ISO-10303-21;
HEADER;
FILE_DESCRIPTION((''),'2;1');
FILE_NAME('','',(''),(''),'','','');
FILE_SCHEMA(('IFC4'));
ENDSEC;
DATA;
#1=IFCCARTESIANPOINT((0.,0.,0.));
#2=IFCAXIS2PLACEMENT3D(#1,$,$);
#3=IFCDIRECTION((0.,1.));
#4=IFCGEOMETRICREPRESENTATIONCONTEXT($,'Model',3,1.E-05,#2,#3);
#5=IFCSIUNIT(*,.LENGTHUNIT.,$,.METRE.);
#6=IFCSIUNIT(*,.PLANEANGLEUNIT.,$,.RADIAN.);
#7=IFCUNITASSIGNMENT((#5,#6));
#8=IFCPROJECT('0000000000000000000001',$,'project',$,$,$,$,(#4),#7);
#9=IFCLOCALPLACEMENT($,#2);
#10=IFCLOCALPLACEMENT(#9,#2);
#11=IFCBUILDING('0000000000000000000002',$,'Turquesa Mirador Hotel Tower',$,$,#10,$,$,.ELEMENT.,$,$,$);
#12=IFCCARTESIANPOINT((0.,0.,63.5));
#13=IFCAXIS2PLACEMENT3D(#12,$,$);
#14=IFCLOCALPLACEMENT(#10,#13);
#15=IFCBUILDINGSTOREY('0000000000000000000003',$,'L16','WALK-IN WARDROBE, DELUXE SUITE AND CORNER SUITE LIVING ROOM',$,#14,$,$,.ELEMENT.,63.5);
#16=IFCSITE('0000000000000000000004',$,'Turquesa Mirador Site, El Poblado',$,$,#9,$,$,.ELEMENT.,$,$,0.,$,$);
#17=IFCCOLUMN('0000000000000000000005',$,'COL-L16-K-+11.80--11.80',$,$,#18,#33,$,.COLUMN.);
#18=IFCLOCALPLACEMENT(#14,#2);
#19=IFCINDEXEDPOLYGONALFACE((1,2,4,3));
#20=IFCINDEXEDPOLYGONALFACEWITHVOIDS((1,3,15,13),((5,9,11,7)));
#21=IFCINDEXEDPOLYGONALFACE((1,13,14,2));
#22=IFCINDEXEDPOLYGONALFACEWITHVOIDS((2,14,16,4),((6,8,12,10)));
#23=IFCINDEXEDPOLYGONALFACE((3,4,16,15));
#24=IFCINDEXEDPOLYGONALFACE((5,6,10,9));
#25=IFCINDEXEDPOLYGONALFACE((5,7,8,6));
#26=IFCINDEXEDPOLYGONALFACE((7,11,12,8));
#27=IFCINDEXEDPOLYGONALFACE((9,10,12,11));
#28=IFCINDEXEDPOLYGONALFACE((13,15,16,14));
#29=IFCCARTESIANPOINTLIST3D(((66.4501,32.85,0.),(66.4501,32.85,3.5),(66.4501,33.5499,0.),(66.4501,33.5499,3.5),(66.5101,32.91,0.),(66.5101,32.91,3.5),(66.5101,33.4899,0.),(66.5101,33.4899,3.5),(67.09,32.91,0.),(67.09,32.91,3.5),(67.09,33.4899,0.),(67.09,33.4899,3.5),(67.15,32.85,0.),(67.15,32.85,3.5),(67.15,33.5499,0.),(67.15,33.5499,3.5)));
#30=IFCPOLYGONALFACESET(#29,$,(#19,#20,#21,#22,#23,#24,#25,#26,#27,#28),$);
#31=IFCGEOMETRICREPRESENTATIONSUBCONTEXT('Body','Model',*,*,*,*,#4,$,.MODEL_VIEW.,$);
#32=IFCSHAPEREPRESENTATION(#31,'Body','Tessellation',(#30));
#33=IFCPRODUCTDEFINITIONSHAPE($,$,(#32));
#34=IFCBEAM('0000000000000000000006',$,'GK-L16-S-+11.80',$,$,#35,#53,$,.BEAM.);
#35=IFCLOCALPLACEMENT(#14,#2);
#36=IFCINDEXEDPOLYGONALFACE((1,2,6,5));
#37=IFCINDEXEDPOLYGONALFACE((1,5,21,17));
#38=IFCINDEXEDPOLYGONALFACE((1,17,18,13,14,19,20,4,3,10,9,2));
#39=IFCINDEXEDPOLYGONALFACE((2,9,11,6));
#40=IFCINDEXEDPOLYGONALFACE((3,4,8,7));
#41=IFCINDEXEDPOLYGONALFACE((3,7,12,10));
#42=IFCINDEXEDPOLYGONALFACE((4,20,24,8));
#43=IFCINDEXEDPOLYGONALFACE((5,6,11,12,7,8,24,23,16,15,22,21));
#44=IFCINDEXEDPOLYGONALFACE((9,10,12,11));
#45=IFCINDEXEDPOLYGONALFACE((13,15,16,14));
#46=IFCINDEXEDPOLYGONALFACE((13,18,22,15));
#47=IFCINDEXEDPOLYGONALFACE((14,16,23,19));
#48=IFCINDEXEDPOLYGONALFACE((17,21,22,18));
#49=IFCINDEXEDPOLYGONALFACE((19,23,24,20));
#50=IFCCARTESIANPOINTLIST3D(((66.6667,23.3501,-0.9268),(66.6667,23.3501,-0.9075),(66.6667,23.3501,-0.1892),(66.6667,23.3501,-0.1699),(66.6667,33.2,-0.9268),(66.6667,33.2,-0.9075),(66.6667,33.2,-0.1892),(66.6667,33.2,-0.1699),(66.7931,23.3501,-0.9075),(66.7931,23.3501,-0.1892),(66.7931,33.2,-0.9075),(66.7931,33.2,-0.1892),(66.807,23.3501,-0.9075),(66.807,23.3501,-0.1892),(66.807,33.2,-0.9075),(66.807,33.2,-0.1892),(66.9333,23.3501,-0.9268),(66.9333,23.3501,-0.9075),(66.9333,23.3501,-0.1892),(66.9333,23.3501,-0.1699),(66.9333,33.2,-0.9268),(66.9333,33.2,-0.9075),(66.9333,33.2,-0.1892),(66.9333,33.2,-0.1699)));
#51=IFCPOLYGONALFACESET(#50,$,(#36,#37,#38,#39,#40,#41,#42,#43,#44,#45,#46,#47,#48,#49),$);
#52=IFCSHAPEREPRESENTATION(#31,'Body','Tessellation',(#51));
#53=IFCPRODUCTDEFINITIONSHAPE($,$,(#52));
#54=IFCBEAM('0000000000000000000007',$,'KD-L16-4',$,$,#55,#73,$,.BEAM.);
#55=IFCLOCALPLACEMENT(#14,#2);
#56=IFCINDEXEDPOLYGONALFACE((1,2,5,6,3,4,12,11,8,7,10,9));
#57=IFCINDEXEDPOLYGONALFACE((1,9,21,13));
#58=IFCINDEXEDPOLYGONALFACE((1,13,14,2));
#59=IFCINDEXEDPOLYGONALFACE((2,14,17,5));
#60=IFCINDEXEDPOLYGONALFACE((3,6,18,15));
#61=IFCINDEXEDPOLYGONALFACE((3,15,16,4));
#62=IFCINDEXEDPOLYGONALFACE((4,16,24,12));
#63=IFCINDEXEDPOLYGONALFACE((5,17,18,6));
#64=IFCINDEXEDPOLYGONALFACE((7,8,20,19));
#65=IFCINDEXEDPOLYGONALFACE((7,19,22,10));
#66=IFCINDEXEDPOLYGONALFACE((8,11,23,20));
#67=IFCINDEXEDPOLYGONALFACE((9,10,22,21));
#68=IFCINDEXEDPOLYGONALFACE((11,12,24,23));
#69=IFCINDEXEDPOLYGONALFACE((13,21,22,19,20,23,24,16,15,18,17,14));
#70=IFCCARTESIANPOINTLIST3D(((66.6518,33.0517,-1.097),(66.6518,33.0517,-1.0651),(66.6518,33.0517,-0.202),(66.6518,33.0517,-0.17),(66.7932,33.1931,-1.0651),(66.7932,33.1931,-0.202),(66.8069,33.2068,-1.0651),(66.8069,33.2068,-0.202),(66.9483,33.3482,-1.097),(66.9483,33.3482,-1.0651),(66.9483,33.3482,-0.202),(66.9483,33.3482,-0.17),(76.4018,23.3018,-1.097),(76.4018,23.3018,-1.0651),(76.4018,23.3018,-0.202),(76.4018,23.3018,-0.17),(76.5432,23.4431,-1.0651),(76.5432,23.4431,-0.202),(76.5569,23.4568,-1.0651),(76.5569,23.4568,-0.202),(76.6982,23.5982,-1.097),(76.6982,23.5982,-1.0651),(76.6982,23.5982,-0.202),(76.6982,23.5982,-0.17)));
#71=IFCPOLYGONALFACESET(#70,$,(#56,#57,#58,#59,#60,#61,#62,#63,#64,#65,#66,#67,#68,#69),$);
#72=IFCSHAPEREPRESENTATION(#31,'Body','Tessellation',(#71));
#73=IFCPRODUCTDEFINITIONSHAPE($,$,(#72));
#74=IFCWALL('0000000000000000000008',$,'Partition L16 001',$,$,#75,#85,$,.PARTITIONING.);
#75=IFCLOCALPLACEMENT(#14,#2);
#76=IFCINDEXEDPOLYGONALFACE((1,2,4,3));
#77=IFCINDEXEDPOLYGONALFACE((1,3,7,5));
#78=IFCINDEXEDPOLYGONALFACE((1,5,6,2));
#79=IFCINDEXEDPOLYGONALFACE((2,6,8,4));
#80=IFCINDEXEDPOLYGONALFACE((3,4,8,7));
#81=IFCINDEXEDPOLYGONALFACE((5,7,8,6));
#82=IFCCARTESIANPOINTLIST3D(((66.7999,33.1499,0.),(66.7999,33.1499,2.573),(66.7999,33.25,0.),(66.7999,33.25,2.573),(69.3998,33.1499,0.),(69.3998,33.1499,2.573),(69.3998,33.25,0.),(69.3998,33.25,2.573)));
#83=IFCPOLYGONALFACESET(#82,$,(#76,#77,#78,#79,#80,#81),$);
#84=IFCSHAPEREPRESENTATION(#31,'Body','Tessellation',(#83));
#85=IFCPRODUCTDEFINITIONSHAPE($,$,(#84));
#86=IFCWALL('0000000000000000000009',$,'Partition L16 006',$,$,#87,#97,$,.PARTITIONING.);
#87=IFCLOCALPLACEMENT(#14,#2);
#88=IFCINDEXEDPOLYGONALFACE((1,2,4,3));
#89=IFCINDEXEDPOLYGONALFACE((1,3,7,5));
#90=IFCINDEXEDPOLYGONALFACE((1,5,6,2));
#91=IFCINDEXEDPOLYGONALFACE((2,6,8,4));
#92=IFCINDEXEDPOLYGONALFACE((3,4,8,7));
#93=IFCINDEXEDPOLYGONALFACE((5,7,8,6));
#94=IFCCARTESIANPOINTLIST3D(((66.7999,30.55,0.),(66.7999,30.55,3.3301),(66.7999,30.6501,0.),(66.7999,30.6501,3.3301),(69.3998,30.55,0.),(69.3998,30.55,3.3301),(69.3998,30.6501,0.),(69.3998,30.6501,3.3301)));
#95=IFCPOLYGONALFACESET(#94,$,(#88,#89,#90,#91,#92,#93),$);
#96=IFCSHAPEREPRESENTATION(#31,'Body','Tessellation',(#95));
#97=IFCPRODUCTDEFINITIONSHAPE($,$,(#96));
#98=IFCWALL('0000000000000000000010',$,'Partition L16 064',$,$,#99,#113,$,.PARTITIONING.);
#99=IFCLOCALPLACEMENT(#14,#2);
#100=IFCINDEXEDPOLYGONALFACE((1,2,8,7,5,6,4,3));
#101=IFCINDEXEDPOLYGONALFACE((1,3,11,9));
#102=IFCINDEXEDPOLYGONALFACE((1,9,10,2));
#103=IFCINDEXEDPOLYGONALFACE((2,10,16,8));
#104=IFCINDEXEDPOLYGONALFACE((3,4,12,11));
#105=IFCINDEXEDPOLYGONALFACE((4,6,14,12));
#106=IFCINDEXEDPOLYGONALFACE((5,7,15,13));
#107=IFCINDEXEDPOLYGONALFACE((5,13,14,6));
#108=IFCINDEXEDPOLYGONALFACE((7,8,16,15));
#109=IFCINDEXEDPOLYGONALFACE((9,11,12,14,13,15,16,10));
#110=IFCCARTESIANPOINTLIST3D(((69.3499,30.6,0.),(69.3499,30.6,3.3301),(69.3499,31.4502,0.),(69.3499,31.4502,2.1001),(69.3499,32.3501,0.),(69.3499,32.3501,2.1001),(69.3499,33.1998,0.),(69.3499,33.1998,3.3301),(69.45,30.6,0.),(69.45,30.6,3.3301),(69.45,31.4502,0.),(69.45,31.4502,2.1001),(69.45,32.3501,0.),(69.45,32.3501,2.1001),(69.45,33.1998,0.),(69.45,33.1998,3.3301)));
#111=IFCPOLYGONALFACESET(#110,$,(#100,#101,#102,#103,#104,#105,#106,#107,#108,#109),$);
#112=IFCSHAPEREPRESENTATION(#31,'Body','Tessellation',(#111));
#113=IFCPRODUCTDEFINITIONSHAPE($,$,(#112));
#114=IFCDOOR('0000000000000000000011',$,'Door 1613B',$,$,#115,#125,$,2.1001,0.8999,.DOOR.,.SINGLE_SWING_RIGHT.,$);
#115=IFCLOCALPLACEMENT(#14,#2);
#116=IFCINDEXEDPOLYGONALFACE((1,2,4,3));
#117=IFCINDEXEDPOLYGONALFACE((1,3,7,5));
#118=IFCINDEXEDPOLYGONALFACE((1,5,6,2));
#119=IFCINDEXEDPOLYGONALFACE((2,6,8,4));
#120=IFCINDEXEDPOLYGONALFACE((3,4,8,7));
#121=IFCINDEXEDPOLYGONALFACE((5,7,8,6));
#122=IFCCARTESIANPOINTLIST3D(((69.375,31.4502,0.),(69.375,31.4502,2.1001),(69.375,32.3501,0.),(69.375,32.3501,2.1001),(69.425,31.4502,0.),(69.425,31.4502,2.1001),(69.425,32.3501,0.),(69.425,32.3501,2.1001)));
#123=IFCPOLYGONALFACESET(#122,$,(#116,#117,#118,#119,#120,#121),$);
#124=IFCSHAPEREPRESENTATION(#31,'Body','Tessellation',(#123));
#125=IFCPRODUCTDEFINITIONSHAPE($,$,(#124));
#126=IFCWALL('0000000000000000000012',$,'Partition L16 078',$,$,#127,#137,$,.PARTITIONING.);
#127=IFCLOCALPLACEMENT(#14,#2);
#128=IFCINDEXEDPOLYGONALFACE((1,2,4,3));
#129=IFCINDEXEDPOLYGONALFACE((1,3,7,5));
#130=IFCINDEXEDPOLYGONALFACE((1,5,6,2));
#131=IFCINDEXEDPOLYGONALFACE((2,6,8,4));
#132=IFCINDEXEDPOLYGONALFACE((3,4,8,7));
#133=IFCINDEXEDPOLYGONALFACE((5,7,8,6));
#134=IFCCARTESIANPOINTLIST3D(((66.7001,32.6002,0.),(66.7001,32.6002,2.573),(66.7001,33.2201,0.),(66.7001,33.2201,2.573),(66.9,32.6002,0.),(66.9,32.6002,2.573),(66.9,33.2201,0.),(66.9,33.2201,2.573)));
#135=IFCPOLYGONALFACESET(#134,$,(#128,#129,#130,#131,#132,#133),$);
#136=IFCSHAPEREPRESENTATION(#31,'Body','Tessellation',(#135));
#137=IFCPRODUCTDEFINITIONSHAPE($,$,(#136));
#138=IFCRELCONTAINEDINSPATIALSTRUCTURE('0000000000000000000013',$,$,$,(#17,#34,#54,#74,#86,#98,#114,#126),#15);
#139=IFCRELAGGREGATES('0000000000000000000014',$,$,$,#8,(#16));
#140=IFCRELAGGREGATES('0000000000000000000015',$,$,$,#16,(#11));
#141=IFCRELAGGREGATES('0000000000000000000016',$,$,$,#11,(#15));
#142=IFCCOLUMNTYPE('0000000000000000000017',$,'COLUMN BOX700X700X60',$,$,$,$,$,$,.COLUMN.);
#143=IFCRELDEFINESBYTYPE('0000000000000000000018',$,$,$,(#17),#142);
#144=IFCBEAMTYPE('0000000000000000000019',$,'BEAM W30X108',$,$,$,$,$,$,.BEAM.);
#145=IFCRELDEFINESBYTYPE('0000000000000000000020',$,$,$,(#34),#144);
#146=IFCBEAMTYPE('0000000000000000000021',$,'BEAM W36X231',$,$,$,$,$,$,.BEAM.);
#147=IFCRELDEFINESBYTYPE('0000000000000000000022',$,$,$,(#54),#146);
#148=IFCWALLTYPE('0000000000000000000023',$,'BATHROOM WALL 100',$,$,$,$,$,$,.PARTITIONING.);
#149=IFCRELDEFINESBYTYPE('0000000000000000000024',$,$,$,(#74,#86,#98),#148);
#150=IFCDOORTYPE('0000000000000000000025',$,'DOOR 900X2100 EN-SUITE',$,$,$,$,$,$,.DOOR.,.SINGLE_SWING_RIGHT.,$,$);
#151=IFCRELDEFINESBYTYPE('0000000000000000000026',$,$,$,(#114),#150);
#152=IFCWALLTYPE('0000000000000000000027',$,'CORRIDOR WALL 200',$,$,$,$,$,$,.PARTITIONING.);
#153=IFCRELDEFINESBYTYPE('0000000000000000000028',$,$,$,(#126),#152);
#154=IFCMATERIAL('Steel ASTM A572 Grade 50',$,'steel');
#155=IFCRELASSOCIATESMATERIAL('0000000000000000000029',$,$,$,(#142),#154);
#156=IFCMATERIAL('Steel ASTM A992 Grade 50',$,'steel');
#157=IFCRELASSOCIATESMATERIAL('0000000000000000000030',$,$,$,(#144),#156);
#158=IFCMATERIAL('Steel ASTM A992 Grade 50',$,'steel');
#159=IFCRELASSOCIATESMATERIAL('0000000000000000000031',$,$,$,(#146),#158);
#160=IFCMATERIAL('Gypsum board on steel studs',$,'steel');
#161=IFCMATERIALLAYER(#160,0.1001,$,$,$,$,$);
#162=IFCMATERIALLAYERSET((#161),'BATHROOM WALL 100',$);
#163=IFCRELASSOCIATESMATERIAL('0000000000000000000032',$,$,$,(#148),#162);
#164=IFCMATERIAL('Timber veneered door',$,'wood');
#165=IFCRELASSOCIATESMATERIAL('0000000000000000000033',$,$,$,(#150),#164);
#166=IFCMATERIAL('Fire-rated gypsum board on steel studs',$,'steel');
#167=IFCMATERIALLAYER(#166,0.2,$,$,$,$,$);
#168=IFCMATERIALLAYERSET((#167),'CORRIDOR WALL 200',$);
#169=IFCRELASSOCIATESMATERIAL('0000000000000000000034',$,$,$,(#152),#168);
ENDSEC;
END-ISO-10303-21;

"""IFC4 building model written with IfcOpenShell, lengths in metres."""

from ifc_helpers import new_model, si_unit, direction, frame, frame_2d, origin, origin_2d, place, context, subcontext, project, spatial, rectangle, hollow_rectangle, i_section, extrude, material, layer, layer_set, material_profile, profile_set, type_object, element, fill, save


model = new_model("IFC4")

# Units and contexts
model_context = context("Model", 3, precision=1e-05, world=origin(), true_north=direction((0.0, 1.0)))
body_context = subcontext(model_context, "Body", "Model", "MODEL_VIEW")
ifc_project = project(units=[si_unit("LENGTHUNIT", "METRE"), si_unit("PLANEANGLEUNIT", "RADIAN")], contexts=[model_context])

# Site, building, storey
site_placement = place(None, origin())
site = spatial("IfcSite", under=ifc_project, at=site_placement, Name="Turquesa Mirador Site, El Poblado", CompositionType="ELEMENT", RefElevation=0.0)
building_placement = place(site_placement, origin())
building = spatial("IfcBuilding", under=site, at=building_placement, Name="Turquesa Mirador Hotel Tower", CompositionType="ELEMENT")
storey_placement = place(building_placement, frame((0.0, 0.0, 63.5)))
storey = spatial("IfcBuildingStorey", under=building, at=storey_placement, Name="L16", Description="WALK-IN WARDROBE, DELUXE SUITE AND CORNER SUITE LIVING ROOM", CompositionType="ELEMENT", Elevation=63.5)

# Column
ifc_material_1 = material(Name="Steel ASTM A572 Grade 50", Category="steel")
ifc_material_profile_1 = material_profile(ifc_material_1, hollow_rectangle(XDim=0.7, YDim=0.7, WallThickness=0.0601, at=origin_2d()), Name="BOX700X700X60")
ifc_profile_set_1 = profile_set([ifc_material_profile_1], Name="Steel ASTM A572 Grade 50")
column_type = type_object("IfcColumnType", Name="COLUMN BOX700X700X60", PredefinedType="COLUMN", material=ifc_profile_set_1)
column_placement = place(storey_placement, frame((66.8, 33.2, 0.0), z_axis=(0.0, 0.0, 1.0), x_axis=(1.0, 0.0, 0.0)))
element("IfcColumn", 1, at=column_placement, inside=storey, type_object=column_type, Name="COL-L16-K-+11.80--11.80", PredefinedType="COLUMN", context=body_context, shape_type="SweptSolid", body=[
    extrude(hollow_rectangle(XDim=0.7, YDim=0.7, WallThickness=0.0601, at=origin_2d()), origin(), (0.0, 0.0, 1.0), 3.5),
])

# Beams
ifc_material_2 = material(Name="Steel ASTM A992 Grade 50", Category="steel")
ifc_material_profile_2 = material_profile(ifc_material_2, i_section(OverallWidth=0.2666, OverallDepth=0.7568, WebThickness=0.0139, FlangeThickness=0.0193, at=origin_2d()), Name="W30X108")
ifc_profile_set_2 = profile_set([ifc_material_profile_2], Name="Steel ASTM A992 Grade 50")
beam_type_1 = type_object("IfcBeamType", Name="BEAM W30X108", PredefinedType="BEAM", material=ifc_profile_set_2)
beam_1_placement = place(storey_placement, frame((66.8, 23.3501, -0.5483), z_axis=(0.0, 1.0, 0.0), x_axis=(-1.0, 0.0, 0.0)))
element("IfcBeam", 2, at=beam_1_placement, inside=storey, type_object=beam_type_1, Name="GK-L16-S-+11.80", PredefinedType="BEAM", context=body_context, shape_type="SweptSolid", body=[
    extrude(i_section(OverallWidth=0.2666, OverallDepth=0.7568, WebThickness=0.0139, FlangeThickness=0.0193, at=origin_2d()), origin(), (0.0, 0.0, 1.0), 9.8499),
])
ifc_material_3 = material(Name="Steel ASTM A992 Grade 50", Category="steel")
ifc_material_profile_3 = material_profile(ifc_material_3, i_section(OverallWidth=0.4192, OverallDepth=0.927, WebThickness=0.0193, FlangeThickness=0.032, at=origin_2d()), Name="W36X231")
ifc_profile_set_3 = profile_set([ifc_material_profile_3], Name="Steel ASTM A992 Grade 50")
beam_type_2 = type_object("IfcBeamType", Name="BEAM W36X231", PredefinedType="BEAM", material=ifc_profile_set_3)
beam_2_placement = place(storey_placement, frame((66.8, 33.2, -0.6335), z_axis=(0.707107, -0.707107, 0.0), x_axis=(0.707107, 0.707107, 0.0)))
element("IfcBeam", 3, at=beam_2_placement, inside=storey, type_object=beam_type_2, Name="KD-L16-4", PredefinedType="BEAM", context=body_context, shape_type="SweptSolid", body=[
    extrude(i_section(OverallWidth=0.4192, OverallDepth=0.927, WebThickness=0.0193, FlangeThickness=0.032, at=origin_2d()), origin(), (0.0, 0.0, 1.0), 13.7886),
])

# Walls
ifc_material_4 = material(Name="Gypsum board on steel studs", Category="steel")
ifc_layer_1 = layer(ifc_material_4, 0.1001)
ifc_layer_set_1 = layer_set([ifc_layer_1], Name="BATHROOM WALL 100")
wall_type_1 = type_object("IfcWallType", Name="BATHROOM WALL 100", PredefinedType="PARTITIONING", material=ifc_layer_set_1)
wall_1_placement = place(storey_placement, frame((66.8, 33.2, 0.0), z_axis=(0.0, 0.0, 1.0), x_axis=(1.0, 0.0, 0.0)))
element("IfcWall", 4, at=wall_1_placement, inside=storey, type_object=wall_type_1, Name="Partition L16 001", PredefinedType="PARTITIONING", context=body_context, shape_type="SweptSolid", body=[
    extrude(rectangle(XDim=2.5999, YDim=0.1001, at=frame_2d((1.2998, 0.0))), origin(), (0.0, 0.0, 1.0), 2.573),
])
wall_2_placement = place(storey_placement, frame((66.8, 30.6001, 0.0), z_axis=(0.0, 0.0, 1.0), x_axis=(1.0, 0.0, 0.0)))
element("IfcWall", 5, at=wall_2_placement, inside=storey, type_object=wall_type_1, Name="Partition L16 006", PredefinedType="PARTITIONING", context=body_context, shape_type="SweptSolid", body=[
    extrude(rectangle(XDim=2.5999, YDim=0.1001, at=frame_2d((1.2998, 0.0))), origin(), (0.0, 0.0, 1.0), 3.3301),
])

# Wall, opening, door
wall_3_placement = place(storey_placement, frame((69.3999, 30.6001, 0.0), z_axis=(0.0, 0.0, 1.0), x_axis=(0.0, 1.0, 0.0)))
wall_3 = element("IfcWall", 6, at=wall_3_placement, inside=storey, type_object=wall_type_1, Name="Partition L16 064", PredefinedType="PARTITIONING", context=body_context, shape_type="SweptSolid", body=[
    extrude(rectangle(XDim=2.5999, YDim=0.1001, at=frame_2d((1.2998, 0.0))), origin(), (0.0, 0.0, 1.0), 3.3301),
])
opening_1_placement = place(wall_3_placement, frame((0.8501, 0.0, 0.0)))
opening_1 = element("IfcOpeningElement", 7, at=opening_1_placement, cuts=wall_3, PredefinedType="OPENING", context=body_context, shape_type="SweptSolid", body=[
    extrude(rectangle(XDim=0.8999, YDim=2.1001, at=frame_2d((0.45, 1.05))), frame((0.0, 0.0601, 0.0), z_axis=(0.0, -1.0, 0.0), x_axis=(1.0, 0.0, 0.0)), (0.0, 0.0, 1.0), 0.1201),
])
ifc_material_5 = material(Name="Timber veneered door", Category="wood")
door_type_1 = type_object("IfcDoorType", Name="DOOR 900X2100 EN-SUITE", OperationType="SINGLE_SWING_RIGHT", PredefinedType="DOOR", material=ifc_material_5)
door_1_placement = place(opening_1_placement, origin())
door_1 = element("IfcDoor", 8, at=door_1_placement, inside=storey, type_object=door_type_1, Name="Door 1613B", OperationType="SINGLE_SWING_RIGHT", OverallHeight=2.1001, OverallWidth=0.8999, PredefinedType="DOOR", context=body_context, shape_type="SweptSolid", body=[
    extrude(rectangle(XDim=0.8999, YDim=2.1001, at=frame_2d((0.45, 1.05))), frame((0.0, 0.0249, 0.0), z_axis=(0.0, -1.0, 0.0), x_axis=(1.0, 0.0, 0.0)), (0.0, 0.0, 1.0), 0.05),
])
fill(opening_1, door_1)

# Wall
ifc_material_6 = material(Name="Fire-rated gypsum board on steel studs", Category="steel")
ifc_layer_2 = layer(ifc_material_6, 0.2)
ifc_layer_set_2 = layer_set([ifc_layer_2], Name="CORRIDOR WALL 200")
wall_type_2 = type_object("IfcWallType", Name="CORRIDOR WALL 200", PredefinedType="PARTITIONING", material=ifc_layer_set_2)
wall_4_placement = place(storey_placement, frame((66.8, 32.6001, 0.0), z_axis=(0.0, 0.0, 1.0), x_axis=(0.0, 1.0, 0.0)))
element("IfcWall", 9, at=wall_4_placement, inside=storey, type_object=wall_type_2, Name="Partition L16 078", PredefinedType="PARTITIONING", context=body_context, shape_type="SweptSolid", body=[
    extrude(rectangle(XDim=0.6199, YDim=0.2, at=frame_2d((0.3101, 0.0))), origin(), (0.0, 0.0, 1.0), 2.573),
])

save(model, "model.ifc")
